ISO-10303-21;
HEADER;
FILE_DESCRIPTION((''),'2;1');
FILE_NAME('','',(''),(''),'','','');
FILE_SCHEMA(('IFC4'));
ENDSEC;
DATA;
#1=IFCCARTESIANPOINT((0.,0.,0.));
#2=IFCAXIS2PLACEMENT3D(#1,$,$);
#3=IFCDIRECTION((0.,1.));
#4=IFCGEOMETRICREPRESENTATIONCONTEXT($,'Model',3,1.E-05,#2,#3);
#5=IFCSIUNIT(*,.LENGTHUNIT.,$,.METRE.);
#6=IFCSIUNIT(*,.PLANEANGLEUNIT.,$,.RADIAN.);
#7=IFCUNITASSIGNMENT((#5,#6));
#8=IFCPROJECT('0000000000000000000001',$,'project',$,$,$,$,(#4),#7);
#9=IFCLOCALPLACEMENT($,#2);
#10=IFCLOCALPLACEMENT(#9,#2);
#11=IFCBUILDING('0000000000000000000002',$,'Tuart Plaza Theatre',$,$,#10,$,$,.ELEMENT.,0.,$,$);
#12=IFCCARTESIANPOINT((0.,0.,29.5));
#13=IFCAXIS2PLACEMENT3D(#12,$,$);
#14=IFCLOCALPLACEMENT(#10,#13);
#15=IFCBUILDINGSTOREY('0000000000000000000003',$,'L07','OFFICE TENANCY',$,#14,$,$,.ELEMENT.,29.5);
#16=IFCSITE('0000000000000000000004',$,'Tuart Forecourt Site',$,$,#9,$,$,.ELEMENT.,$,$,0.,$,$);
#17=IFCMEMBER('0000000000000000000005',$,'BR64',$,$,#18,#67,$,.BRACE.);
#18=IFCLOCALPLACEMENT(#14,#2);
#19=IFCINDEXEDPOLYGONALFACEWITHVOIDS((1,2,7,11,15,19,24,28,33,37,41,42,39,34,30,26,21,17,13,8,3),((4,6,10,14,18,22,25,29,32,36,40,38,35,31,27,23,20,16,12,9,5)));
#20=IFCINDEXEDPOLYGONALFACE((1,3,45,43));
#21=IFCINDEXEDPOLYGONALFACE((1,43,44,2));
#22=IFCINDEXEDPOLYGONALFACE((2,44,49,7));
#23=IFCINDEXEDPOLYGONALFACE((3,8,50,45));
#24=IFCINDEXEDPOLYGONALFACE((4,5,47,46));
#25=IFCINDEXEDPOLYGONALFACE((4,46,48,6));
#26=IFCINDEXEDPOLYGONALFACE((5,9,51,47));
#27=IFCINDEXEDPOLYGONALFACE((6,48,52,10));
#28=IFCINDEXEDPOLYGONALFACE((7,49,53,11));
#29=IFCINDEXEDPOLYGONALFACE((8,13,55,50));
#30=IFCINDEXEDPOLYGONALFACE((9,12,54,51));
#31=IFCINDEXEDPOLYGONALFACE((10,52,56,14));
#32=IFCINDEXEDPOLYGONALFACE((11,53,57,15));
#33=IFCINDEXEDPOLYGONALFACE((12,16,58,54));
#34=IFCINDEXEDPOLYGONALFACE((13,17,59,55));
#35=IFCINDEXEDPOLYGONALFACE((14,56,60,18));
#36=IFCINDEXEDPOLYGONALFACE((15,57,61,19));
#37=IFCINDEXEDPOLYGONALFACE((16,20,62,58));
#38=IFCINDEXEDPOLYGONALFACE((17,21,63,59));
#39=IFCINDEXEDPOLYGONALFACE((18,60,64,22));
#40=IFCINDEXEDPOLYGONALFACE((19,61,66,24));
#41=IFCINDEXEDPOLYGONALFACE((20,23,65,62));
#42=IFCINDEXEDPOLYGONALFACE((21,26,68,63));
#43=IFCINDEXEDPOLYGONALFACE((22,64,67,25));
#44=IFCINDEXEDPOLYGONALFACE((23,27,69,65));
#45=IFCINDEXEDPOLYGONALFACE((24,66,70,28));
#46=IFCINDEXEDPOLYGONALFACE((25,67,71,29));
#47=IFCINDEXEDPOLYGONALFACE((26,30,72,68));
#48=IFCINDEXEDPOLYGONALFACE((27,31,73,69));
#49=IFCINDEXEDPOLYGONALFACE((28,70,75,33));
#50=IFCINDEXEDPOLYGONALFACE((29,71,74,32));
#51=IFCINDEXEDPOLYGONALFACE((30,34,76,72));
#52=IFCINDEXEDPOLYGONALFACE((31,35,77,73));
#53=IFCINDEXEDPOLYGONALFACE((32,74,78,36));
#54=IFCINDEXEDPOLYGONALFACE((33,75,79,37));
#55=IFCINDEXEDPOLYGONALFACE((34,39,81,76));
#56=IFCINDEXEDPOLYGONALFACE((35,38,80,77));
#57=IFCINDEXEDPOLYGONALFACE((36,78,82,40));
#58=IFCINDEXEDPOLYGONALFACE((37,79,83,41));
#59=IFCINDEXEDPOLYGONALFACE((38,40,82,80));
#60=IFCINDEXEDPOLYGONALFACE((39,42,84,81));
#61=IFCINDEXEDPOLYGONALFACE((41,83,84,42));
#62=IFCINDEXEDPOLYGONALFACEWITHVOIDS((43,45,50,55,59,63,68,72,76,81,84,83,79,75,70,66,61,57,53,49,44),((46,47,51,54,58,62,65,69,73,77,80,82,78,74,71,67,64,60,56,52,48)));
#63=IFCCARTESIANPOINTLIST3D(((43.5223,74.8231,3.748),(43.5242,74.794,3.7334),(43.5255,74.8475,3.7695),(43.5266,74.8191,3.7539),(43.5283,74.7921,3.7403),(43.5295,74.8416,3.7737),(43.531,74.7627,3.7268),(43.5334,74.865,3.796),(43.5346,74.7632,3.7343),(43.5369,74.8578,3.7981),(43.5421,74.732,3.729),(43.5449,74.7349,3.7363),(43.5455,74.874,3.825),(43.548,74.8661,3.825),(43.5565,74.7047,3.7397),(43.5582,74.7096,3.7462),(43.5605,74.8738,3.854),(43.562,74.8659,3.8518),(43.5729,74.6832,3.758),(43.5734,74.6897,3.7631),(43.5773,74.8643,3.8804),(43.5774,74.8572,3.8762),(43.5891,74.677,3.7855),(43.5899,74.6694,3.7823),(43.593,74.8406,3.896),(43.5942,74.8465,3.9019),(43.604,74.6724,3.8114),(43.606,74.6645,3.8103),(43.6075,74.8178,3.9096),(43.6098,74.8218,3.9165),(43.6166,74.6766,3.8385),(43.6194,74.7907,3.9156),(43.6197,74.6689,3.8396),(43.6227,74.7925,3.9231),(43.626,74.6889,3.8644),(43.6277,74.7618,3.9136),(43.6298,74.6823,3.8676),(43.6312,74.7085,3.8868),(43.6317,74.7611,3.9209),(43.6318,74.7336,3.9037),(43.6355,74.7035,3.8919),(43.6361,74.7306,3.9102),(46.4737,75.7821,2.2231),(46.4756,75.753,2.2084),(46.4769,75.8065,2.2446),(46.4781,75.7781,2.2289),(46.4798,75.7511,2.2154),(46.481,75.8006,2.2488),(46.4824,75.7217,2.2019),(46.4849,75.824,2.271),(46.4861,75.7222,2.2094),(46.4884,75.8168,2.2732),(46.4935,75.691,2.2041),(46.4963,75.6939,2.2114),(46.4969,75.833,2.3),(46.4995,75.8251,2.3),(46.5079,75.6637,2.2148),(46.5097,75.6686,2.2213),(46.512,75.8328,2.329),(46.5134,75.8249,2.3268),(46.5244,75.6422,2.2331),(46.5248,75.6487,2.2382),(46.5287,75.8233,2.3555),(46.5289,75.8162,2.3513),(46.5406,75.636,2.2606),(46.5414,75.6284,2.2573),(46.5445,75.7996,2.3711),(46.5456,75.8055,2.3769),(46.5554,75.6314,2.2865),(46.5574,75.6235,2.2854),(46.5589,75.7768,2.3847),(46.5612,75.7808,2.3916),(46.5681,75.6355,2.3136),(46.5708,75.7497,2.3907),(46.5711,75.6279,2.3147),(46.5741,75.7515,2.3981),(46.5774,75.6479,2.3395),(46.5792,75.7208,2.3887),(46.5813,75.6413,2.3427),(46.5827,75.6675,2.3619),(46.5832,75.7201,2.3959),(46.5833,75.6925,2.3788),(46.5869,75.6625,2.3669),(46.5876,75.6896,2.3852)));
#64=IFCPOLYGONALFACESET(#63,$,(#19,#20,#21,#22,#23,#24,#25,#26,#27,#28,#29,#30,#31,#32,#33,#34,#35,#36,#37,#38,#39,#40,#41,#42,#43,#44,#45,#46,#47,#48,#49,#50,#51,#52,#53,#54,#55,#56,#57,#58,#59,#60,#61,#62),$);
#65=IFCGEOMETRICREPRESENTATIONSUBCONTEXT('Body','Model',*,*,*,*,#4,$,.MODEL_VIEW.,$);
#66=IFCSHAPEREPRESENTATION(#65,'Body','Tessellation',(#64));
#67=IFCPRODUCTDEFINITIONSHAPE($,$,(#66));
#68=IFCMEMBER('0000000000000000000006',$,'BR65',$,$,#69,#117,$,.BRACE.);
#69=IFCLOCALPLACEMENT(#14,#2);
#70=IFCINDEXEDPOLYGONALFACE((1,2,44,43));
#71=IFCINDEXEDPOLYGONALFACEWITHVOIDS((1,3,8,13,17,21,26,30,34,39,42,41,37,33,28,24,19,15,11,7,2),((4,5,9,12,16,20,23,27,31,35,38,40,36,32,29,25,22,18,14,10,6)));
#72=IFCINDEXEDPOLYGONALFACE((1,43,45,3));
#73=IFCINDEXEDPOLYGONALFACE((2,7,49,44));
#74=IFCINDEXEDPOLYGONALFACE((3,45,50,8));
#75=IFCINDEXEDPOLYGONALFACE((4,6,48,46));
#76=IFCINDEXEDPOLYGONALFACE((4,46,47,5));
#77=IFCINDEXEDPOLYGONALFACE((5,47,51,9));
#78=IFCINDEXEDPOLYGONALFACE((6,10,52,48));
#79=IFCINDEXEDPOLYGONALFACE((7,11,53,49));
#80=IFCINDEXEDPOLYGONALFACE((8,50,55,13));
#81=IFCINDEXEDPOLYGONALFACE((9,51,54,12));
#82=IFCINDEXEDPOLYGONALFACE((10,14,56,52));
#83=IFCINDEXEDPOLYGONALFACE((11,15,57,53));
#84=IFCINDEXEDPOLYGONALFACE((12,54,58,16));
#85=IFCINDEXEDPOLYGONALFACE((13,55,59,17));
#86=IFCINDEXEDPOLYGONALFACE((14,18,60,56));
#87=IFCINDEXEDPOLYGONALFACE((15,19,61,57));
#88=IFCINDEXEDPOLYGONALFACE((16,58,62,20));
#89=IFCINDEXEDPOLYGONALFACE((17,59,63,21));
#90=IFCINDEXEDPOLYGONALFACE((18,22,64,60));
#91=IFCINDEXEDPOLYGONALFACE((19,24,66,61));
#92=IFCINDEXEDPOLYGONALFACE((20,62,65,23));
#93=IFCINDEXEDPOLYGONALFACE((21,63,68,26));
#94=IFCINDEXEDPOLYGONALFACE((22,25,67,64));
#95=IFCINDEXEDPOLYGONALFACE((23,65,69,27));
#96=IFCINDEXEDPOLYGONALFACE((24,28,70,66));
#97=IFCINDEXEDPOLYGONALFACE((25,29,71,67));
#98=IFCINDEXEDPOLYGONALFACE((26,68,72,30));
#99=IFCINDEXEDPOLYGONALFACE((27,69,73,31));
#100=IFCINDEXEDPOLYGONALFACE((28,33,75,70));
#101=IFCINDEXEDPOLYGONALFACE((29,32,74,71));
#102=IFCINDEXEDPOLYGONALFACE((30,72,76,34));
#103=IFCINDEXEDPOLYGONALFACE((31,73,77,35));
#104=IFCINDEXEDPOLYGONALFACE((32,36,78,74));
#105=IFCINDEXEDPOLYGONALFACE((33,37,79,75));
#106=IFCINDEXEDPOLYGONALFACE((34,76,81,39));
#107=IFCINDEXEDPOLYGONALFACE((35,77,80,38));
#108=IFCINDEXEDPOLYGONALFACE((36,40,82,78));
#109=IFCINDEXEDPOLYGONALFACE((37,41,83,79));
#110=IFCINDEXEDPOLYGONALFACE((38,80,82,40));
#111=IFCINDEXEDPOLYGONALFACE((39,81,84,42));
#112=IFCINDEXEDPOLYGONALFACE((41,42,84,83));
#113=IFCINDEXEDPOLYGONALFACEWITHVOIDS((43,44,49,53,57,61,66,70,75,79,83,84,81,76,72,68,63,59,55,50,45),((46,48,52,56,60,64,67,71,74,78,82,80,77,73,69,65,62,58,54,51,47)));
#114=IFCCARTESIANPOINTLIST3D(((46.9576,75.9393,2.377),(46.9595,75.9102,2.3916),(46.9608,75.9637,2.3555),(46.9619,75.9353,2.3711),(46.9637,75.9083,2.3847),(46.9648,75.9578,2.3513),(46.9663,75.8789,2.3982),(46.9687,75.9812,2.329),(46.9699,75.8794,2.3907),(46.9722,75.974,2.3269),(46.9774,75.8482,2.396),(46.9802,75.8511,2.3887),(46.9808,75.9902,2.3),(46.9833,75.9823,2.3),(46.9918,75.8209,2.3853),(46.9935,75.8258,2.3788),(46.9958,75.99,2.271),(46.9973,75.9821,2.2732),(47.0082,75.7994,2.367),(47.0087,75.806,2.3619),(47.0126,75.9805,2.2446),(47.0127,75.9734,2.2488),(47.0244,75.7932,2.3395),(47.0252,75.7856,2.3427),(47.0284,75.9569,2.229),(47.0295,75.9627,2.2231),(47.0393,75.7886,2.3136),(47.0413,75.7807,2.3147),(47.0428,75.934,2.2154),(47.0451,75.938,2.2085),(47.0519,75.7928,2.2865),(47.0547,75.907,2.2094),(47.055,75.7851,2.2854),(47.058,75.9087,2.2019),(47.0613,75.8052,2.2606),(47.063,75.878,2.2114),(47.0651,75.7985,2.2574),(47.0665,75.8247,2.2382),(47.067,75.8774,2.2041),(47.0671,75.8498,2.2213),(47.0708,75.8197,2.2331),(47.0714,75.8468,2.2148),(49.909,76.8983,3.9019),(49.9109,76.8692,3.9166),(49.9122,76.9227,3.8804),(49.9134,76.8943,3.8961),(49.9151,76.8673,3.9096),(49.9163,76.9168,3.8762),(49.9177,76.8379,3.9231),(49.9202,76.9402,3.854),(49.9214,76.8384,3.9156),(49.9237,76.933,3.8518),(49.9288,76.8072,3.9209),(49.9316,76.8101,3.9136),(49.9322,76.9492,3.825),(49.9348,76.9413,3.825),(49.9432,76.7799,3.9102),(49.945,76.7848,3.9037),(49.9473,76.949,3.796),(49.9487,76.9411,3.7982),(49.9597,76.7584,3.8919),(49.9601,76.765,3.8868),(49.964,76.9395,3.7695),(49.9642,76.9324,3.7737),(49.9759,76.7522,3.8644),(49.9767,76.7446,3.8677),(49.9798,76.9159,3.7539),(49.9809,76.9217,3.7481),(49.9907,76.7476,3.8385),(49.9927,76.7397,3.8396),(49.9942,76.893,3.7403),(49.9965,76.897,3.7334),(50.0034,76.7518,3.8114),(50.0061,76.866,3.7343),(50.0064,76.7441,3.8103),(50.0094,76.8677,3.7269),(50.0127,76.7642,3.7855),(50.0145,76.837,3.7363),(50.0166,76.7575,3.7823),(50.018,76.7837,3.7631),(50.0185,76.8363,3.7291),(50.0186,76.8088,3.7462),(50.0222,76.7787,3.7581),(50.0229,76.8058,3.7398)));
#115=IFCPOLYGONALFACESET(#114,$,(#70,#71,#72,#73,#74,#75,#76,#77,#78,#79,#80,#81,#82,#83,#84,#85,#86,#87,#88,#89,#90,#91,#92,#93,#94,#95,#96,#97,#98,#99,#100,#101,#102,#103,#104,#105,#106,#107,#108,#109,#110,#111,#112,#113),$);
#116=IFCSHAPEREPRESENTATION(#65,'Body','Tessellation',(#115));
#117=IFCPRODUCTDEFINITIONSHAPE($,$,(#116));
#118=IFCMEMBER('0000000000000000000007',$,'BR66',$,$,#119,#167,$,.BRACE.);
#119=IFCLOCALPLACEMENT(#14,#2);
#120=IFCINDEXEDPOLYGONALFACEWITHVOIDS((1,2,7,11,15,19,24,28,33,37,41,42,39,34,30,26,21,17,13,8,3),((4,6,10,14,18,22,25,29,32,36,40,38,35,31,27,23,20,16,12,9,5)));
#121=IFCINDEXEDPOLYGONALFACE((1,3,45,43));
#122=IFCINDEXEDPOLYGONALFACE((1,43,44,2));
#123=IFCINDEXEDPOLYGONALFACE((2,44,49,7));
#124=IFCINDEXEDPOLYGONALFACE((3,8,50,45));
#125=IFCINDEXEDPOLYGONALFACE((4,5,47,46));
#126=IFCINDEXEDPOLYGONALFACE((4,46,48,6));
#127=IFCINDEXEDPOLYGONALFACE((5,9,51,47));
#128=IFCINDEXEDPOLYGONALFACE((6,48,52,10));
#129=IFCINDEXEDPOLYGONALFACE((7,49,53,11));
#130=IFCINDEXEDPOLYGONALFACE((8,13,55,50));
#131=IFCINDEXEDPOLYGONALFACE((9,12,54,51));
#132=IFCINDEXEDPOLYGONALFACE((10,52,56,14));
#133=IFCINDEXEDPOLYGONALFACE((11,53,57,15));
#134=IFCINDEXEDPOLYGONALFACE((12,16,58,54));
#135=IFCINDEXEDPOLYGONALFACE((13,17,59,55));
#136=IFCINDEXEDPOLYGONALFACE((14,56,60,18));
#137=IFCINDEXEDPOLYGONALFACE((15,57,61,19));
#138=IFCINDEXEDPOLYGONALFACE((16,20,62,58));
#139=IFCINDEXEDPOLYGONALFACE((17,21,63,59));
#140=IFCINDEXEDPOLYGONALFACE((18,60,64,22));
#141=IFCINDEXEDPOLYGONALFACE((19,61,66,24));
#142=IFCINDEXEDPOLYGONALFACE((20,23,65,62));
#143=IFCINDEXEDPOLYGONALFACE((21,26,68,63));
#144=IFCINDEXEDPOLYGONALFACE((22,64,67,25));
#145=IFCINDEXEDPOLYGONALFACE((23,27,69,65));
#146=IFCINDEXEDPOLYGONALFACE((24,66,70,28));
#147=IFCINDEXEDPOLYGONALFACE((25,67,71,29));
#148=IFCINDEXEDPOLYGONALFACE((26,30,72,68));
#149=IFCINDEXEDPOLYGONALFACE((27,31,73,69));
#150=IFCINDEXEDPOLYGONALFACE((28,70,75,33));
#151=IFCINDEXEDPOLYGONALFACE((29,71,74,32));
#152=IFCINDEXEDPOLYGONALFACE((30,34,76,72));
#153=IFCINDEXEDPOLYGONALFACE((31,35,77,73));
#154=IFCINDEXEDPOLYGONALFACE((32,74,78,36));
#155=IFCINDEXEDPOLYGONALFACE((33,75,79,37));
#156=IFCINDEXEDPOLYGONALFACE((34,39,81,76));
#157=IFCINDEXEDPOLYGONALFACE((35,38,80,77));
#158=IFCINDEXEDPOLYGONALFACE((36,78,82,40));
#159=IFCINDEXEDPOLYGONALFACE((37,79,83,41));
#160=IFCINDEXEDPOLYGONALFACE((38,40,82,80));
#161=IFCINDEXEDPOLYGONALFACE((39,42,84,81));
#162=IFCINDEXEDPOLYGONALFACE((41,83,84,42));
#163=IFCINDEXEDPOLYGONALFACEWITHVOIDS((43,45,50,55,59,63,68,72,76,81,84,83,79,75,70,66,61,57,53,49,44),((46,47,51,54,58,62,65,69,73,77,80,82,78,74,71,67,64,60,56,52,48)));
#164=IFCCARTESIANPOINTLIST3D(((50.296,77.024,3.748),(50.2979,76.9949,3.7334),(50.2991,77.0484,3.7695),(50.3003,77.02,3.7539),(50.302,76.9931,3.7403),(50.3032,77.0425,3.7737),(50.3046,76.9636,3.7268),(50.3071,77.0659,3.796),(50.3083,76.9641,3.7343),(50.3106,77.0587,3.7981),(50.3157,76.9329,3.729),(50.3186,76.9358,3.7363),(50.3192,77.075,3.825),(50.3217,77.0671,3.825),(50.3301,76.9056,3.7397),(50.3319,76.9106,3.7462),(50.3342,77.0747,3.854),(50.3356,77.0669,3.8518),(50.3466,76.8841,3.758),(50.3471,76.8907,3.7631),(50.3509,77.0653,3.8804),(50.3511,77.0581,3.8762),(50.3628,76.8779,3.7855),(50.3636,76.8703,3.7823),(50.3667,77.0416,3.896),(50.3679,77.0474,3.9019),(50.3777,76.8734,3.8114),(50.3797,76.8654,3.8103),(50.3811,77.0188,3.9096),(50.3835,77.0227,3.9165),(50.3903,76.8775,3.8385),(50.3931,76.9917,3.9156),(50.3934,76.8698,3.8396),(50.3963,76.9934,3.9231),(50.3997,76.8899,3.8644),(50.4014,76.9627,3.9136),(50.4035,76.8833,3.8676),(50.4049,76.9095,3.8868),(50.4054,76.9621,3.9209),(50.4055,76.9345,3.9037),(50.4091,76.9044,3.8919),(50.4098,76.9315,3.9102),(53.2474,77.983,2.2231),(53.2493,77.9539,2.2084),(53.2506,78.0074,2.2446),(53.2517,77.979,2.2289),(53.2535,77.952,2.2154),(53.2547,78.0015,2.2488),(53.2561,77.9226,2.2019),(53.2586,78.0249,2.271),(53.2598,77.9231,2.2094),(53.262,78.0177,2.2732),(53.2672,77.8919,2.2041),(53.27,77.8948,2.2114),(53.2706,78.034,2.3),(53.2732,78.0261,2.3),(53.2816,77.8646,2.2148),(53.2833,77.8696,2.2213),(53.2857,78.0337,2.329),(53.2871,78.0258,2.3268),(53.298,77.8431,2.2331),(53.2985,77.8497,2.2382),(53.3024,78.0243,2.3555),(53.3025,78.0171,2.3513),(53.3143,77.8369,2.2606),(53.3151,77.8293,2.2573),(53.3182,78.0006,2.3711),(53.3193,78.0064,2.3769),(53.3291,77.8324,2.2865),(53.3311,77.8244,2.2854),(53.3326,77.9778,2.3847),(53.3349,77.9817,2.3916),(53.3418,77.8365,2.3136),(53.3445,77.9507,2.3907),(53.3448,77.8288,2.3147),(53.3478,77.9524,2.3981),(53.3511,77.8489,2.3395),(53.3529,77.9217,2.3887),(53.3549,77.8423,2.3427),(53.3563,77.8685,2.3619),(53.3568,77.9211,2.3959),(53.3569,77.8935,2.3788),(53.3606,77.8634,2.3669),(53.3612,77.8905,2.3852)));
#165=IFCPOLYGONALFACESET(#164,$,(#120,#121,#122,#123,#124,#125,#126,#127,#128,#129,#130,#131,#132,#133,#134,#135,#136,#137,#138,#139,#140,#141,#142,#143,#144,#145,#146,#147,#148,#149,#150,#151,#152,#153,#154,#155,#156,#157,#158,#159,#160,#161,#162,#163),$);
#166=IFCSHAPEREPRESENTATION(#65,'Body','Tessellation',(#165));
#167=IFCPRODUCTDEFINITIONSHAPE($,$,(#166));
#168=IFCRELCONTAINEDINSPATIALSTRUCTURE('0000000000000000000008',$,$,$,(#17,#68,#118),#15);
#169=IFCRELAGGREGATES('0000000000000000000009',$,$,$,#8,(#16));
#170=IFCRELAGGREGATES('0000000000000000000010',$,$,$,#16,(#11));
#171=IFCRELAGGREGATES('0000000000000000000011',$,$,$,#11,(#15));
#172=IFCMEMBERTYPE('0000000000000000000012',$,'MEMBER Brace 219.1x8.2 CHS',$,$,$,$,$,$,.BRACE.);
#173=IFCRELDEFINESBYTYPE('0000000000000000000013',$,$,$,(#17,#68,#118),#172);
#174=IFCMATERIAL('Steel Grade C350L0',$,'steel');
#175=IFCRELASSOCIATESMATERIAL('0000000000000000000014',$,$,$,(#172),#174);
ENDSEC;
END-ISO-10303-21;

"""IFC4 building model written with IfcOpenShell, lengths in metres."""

from ifc_helpers import new_model, si_unit, direction, frame, origin, origin_2d, place, context, subcontext, project, spatial, hollow_circle, extrude, material, material_profile, profile_set, type_object, element, save


model = new_model("IFC4")

# Units and contexts
model_context = context("Model", 3, precision=1e-05, world=origin(), true_north=direction((0.0, 1.0)))
body_context = subcontext(model_context, "Body", "Model", "MODEL_VIEW")
ifc_project = project(units=[si_unit("LENGTHUNIT", "METRE"), si_unit("PLANEANGLEUNIT", "RADIAN")], contexts=[model_context])

# Site, building, storey
site_placement = place(None, origin())
site = spatial("IfcSite", under=ifc_project, at=site_placement, Name="Tuart Forecourt Site", CompositionType="ELEMENT", RefElevation=0.0)
building_placement = place(site_placement, origin())
building = spatial("IfcBuilding", under=site, at=building_placement, Name="Tuart Plaza Theatre", CompositionType="ELEMENT", ElevationOfRefHeight=0.0)
storey_placement = place(building_placement, frame((0.0, 0.0, 29.5)))
storey = spatial("IfcBuildingStorey", under=building, at=storey_placement, Name="L07", Description="OFFICE TENANCY", CompositionType="ELEMENT", Elevation=29.5)

# Members
ifc_material_1 = material(Name="Steel Grade C350L0", Category="steel")
ifc_material_profile_1 = material_profile(ifc_material_1, hollow_circle(Radius=0.1096, WallThickness=0.0083, at=origin_2d()), Name="219.1x8.2 CHS")
ifc_profile_set_1 = profile_set([ifc_material_profile_1], Name="Steel Grade C350L0")
member_type_1 = type_object("IfcMemberType", Name="MEMBER Brace 219.1x8.2 CHS", PredefinedType="BRACE", material=ifc_profile_set_1)
for number, where, z_axis, x_axis, name in (
    (1, (43.5793, 74.7698, 3.825), (0.853573, 0.277346, -0.441014), (-0.30902, 0.951055, 0.0), "BR64"),
    (2, (47.0146, 75.886, 2.3), (0.853573, 0.277346, 0.441014), (-0.30902, 0.951055, 0.0), "BR65"),
    (3, (50.353, 76.9707, 3.825), (0.853573, 0.277346, -0.441014), (-0.30902, 0.951055, 0.0), "BR66"),
):
    element("IfcMember", number, at=place(storey_placement, frame(where, z_axis=z_axis, x_axis=x_axis)), inside=storey, type_object=member_type_1, Name=name, PredefinedType="BRACE", context=body_context, shape_type="SweptSolid", body=[
        extrude(hollow_circle(Radius=0.1096, WallThickness=0.0083, at=origin_2d()), origin(), (0.0, 0.0, 1.0), 3.4578),
    ])

save(model, "model.ifc")
